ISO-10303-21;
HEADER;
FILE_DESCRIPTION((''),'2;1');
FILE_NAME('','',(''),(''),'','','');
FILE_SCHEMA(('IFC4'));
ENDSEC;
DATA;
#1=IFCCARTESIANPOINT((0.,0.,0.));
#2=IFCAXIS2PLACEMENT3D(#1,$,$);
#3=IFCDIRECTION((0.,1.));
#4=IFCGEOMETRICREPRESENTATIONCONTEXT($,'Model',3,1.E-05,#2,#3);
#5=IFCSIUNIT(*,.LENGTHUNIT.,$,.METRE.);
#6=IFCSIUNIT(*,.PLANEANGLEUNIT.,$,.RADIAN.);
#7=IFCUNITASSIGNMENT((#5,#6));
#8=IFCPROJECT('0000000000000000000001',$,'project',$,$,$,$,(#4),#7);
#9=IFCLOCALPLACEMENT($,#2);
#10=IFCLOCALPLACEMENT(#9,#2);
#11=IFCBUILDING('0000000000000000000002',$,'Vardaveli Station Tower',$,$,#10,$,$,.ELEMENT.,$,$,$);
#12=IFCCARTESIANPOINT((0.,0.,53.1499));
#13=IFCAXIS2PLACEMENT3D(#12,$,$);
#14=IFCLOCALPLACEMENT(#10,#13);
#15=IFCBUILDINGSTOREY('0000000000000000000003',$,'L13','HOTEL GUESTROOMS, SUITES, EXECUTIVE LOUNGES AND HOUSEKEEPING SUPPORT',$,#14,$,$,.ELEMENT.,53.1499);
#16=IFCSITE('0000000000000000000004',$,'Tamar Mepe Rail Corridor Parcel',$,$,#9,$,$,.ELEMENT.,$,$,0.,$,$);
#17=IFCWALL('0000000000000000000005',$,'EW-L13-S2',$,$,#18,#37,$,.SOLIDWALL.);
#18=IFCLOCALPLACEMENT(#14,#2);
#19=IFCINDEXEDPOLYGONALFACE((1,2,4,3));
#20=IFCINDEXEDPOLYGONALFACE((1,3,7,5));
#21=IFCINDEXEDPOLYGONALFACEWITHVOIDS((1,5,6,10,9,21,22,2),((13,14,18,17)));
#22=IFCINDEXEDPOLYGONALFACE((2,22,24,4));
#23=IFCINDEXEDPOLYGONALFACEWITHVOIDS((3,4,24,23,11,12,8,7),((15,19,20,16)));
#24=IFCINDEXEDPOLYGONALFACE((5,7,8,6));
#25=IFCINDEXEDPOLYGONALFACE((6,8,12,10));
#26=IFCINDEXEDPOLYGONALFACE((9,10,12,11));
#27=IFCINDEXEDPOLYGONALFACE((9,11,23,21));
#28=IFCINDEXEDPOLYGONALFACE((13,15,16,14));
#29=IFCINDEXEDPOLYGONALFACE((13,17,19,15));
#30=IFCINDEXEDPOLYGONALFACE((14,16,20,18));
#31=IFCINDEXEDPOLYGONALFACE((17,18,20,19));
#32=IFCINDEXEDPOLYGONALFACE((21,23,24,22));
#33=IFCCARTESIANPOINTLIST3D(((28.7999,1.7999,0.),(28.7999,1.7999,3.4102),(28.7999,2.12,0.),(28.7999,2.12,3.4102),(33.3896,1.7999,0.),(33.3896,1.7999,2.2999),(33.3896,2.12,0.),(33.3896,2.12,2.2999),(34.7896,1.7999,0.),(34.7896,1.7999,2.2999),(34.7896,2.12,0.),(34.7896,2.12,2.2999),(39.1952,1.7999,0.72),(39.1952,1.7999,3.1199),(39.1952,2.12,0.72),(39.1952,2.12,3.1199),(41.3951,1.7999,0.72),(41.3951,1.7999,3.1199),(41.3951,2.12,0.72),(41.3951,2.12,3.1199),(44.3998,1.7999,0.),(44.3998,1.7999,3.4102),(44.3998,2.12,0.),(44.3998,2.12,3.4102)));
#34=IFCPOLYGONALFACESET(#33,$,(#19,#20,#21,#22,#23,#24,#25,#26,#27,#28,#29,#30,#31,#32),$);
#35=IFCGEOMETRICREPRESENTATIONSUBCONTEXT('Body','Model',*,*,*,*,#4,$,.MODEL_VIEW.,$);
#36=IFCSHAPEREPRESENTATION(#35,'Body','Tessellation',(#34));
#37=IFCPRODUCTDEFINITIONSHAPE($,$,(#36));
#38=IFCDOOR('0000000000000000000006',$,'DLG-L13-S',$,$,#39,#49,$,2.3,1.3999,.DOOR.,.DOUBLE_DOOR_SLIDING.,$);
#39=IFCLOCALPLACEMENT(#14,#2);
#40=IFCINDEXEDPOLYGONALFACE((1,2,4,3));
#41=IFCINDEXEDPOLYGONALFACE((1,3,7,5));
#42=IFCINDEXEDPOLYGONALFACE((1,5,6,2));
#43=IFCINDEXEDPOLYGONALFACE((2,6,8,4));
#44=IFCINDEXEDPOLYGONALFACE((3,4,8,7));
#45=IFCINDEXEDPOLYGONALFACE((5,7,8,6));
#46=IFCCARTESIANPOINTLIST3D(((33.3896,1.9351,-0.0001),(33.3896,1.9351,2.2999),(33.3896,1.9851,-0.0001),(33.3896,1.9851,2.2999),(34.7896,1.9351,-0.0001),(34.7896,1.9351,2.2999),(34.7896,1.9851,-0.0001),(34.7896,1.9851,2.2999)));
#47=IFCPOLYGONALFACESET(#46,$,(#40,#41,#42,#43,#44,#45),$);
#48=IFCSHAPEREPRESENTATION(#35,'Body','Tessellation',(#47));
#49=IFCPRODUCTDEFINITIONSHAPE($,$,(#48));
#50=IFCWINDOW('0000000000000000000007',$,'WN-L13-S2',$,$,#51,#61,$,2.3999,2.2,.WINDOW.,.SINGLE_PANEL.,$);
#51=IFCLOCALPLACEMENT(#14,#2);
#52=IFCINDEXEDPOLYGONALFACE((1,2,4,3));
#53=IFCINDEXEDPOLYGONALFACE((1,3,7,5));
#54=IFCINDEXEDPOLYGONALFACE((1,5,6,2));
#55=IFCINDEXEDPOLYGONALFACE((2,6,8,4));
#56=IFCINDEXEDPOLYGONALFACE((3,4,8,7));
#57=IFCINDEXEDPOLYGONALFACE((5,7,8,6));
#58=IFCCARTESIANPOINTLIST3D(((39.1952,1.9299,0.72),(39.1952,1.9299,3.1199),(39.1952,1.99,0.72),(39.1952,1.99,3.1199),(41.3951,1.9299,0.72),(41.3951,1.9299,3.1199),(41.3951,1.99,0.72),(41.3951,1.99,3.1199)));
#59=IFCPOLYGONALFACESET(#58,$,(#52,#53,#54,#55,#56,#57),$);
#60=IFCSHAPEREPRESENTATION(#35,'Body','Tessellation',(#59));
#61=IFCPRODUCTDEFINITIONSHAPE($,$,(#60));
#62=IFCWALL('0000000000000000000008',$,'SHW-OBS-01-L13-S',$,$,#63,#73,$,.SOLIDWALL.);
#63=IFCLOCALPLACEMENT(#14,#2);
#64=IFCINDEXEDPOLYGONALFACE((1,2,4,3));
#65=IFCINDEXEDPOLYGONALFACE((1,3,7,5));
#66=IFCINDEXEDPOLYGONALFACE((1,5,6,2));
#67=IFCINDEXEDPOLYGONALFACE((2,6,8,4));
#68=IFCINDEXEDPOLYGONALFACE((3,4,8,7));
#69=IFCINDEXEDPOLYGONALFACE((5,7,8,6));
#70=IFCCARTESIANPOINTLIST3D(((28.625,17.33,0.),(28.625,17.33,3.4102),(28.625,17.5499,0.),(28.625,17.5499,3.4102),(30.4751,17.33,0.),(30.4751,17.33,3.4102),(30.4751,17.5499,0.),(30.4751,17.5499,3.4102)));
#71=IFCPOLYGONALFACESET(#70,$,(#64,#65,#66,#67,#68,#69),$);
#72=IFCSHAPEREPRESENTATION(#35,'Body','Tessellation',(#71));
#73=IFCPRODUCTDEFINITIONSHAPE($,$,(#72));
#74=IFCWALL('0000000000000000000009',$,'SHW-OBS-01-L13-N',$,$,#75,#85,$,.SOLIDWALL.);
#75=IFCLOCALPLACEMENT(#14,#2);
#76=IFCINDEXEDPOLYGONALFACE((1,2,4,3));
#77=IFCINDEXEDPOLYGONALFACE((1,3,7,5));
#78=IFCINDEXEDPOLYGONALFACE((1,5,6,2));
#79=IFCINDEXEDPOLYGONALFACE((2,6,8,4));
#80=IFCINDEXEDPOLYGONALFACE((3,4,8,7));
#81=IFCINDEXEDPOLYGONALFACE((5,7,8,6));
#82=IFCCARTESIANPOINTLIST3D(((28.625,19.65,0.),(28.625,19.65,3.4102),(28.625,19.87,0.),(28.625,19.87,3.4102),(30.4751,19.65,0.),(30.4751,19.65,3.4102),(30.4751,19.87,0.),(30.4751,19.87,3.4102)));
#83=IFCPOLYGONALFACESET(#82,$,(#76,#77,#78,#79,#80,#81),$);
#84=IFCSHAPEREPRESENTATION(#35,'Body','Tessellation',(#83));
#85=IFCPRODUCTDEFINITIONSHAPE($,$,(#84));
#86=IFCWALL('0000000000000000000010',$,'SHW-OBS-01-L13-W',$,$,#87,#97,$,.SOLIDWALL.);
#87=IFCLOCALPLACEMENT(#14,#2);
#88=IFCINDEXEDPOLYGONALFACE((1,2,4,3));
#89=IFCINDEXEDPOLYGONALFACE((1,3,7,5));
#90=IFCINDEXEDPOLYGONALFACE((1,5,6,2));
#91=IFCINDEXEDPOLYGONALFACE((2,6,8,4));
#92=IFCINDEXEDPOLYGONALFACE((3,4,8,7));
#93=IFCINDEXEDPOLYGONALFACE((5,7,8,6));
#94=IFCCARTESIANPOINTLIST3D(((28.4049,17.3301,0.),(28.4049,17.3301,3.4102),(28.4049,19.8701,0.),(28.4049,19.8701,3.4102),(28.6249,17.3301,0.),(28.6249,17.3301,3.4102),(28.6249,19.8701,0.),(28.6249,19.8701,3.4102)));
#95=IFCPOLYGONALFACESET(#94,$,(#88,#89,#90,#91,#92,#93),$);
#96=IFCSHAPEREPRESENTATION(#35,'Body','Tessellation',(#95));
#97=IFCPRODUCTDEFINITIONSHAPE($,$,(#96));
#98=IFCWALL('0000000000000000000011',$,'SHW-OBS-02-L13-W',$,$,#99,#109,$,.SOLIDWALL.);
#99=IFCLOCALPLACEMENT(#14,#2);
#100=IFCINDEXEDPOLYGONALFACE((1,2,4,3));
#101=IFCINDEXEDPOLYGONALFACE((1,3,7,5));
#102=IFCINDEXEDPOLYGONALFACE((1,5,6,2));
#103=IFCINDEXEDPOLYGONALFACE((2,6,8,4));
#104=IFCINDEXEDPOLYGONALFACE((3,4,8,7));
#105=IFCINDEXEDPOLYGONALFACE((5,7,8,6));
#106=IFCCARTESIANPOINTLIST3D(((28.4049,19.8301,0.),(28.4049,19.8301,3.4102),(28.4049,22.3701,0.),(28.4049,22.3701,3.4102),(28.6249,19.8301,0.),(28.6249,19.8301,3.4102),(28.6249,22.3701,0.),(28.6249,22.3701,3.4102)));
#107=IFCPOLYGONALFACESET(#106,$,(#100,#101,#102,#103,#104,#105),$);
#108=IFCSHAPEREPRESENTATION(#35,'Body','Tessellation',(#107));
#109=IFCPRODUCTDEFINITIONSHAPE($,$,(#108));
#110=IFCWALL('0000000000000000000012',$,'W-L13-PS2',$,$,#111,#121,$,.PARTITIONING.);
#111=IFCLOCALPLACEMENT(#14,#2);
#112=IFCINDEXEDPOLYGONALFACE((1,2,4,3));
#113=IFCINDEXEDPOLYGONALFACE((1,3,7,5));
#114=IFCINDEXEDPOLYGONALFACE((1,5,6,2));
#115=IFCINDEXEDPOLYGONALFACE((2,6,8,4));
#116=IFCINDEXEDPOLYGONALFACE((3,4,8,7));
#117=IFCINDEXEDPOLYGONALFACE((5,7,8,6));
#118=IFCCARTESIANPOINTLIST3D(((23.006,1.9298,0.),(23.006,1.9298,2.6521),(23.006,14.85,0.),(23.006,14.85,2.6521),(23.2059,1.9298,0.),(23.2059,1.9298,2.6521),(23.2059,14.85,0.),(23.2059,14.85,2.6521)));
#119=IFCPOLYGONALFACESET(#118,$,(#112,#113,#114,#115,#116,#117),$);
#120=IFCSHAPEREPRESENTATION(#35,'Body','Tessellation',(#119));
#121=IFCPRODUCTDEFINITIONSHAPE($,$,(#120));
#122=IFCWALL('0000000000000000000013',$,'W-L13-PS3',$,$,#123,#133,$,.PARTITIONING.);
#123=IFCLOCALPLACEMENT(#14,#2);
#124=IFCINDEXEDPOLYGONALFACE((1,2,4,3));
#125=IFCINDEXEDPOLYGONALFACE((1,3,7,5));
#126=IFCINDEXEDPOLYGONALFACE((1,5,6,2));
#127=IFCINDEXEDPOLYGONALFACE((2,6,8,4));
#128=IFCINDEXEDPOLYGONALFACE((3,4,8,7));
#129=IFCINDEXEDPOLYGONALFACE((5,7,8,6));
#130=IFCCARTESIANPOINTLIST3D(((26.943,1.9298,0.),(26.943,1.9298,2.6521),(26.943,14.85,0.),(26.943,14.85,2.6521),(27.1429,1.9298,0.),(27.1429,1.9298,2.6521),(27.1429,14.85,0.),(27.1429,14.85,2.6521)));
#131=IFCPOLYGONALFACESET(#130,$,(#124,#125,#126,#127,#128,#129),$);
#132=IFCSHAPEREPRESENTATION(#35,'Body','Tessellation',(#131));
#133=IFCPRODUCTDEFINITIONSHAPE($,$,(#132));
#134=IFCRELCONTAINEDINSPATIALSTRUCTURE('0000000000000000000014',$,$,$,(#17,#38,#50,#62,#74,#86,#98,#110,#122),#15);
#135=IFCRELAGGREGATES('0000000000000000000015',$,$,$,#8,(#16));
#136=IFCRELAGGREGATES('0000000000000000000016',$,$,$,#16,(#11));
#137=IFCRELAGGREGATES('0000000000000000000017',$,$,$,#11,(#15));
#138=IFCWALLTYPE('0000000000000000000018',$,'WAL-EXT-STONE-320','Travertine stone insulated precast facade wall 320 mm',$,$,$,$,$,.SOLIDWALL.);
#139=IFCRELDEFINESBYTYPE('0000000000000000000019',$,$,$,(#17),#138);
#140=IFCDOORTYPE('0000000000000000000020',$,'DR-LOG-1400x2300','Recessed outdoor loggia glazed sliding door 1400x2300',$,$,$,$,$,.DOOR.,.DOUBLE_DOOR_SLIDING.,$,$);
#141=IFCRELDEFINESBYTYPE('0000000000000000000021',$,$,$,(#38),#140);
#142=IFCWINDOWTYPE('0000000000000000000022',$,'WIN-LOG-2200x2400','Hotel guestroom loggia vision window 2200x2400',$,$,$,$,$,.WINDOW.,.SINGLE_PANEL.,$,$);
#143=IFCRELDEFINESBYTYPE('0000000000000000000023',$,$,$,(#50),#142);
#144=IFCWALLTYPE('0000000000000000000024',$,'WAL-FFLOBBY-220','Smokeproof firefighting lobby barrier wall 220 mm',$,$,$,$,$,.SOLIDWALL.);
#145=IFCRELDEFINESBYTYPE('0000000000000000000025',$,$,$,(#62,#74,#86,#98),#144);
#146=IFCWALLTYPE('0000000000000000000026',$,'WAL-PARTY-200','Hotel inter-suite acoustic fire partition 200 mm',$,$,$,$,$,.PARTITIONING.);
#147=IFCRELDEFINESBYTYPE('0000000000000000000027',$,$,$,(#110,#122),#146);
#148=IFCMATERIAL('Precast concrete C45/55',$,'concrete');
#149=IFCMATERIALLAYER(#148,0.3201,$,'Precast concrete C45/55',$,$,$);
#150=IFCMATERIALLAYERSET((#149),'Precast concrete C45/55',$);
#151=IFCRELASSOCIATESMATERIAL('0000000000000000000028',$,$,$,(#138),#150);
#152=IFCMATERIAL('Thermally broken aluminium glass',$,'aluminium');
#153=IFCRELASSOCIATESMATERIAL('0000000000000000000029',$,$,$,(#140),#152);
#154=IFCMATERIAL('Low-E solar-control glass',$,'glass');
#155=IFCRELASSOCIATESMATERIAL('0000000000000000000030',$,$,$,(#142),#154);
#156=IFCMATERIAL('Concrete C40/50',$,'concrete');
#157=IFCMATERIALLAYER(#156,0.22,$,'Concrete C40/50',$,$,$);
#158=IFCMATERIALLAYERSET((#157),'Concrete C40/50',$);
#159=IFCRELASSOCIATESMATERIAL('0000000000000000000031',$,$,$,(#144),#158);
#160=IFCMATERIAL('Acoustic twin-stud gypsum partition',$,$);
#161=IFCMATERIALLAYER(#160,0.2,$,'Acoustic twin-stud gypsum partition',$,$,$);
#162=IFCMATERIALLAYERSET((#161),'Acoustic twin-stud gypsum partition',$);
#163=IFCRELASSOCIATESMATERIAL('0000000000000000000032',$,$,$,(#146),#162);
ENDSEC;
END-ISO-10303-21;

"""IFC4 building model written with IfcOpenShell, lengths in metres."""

from ifc_helpers import new_model, si_unit, direction, frame, frame_2d, origin, place, context, subcontext, project, spatial, rectangle, extrude, source, transform, mapped, material, layer, layer_set, type_object, element, fill, save


model = new_model("IFC4")

# Units and contexts
model_context = context("Model", 3, precision=1e-05, world=origin(), true_north=direction((0.0, 1.0)))
body_context = subcontext(model_context, "Body", "Model", "MODEL_VIEW")
ifc_project = project(units=[si_unit("LENGTHUNIT", "METRE"), si_unit("PLANEANGLEUNIT", "RADIAN")], contexts=[model_context])

# Site, building, storey
site_placement = place(None, origin())
site = spatial("IfcSite", under=ifc_project, at=site_placement, Name="Tamar Mepe Rail Corridor Parcel", CompositionType="ELEMENT", RefElevation=0.0)
building_placement = place(site_placement, origin())
building = spatial("IfcBuilding", under=site, at=building_placement, Name="Vardaveli Station Tower", CompositionType="ELEMENT")
storey_placement = place(building_placement, frame((0.0, 0.0, 53.1499)))
storey = spatial("IfcBuildingStorey", under=building, at=storey_placement, Name="L13", Description="HOTEL GUESTROOMS, SUITES, EXECUTIVE LOUNGES AND HOUSEKEEPING SUPPORT", CompositionType="ELEMENT", Elevation=53.1499)

# Wall, openings, door, window
ifc_material_1 = material(Name="Precast concrete C45/55", Category="concrete")
ifc_layer_1 = layer(ifc_material_1, 0.3201, Name="Precast concrete C45/55")
ifc_layer_set_1 = layer_set([ifc_layer_1], Name="Precast concrete C45/55")
wall_type_1 = type_object("IfcWallType", Name="WAL-EXT-STONE-320", Description="Travertine stone insulated precast facade wall 320 mm", PredefinedType="SOLIDWALL", material=ifc_layer_set_1)
shared_shape_1 = source(origin(), body_context, "Body", "SweptSolid", [
    extrude(rectangle(XDim=15.5999, YDim=0.3201, at=frame_2d((7.7998, 0.0))), origin(), (0.0, 0.0, 1.0), 3.4102),
])
wall_placement = place(storey_placement, frame((28.8, 1.96, 0.0), z_axis=(0.0, 0.0, 1.0), x_axis=(1.0, 0.0, 0.0)))
wall = element("IfcWall", 1, at=wall_placement, inside=storey, type_object=wall_type_1, Name="EW-L13-S2", PredefinedType="SOLIDWALL", context=body_context, shape_type="MappedRepresentation", body=[
    mapped(shared_shape_1, transform((0.0, 0.0, 0.0), scale=1.0)),
])
shared_shape_2 = source(origin(), body_context, "Body", "SweptSolid", [
    extrude(rectangle(XDim=1.3999, YDim=2.3, at=frame_2d((0.7, 1.1499))), frame((0.0, 0.1699, 0.0), z_axis=(0.0, -1.0, 0.0), x_axis=(1.0, 0.0, 0.0)), (0.0, 0.0, 1.0), 0.3401),
])
opening_1_placement = place(wall_placement, frame((4.5896, 0.0, 0.0)))
opening_1 = element("IfcOpeningElement", 2, at=opening_1_placement, cuts=wall, PredefinedType="OPENING", context=body_context, shape_type="MappedRepresentation", body=[
    mapped(shared_shape_2, transform((0.0, 0.0, 0.0), scale=1.0)),
])
shared_shape_3 = source(origin(), body_context, "Body", "SweptSolid", [
    extrude(rectangle(XDim=2.2, YDim=2.3999, at=frame_2d((1.1001, 1.2))), frame((0.0, 0.1699, 0.0), z_axis=(0.0, -1.0, 0.0), x_axis=(1.0, 0.0, 0.0)), (0.0, 0.0, 1.0), 0.3401),
])
opening_2_placement = place(wall_placement, frame((10.395, 0.0, 0.72)))
opening_2 = element("IfcOpeningElement", 3, at=opening_2_placement, cuts=wall, PredefinedType="OPENING", context=body_context, shape_type="MappedRepresentation", body=[
    mapped(shared_shape_3, transform((0.0, 0.0, 0.0), scale=1.0)),
])
ifc_material_2 = material(Name="Thermally broken aluminium glass", Category="aluminium")
door_type = type_object("IfcDoorType", Name="DR-LOG-1400x2300", Description="Recessed outdoor loggia glazed sliding door 1400x2300", OperationType="DOUBLE_DOOR_SLIDING", PredefinedType="DOOR", material=ifc_material_2)
shared_shape_4 = source(origin(), body_context, "Body", "SweptSolid", [
    extrude(rectangle(XDim=1.3999, YDim=2.3, at=frame_2d((0.7, 1.1499))), frame((0.0, 0.0249, 0.0), z_axis=(0.0, -1.0, 0.0), x_axis=(1.0, 0.0, 0.0)), (0.0, 0.0, 1.0), 0.05),
])
door_placement = place(opening_1_placement, frame((1.3999, 0.0, 0.0), z_axis=(0.0, 0.0, 1.0), x_axis=(-1.0, 0.0, 0.0)))
door = element("IfcDoor", 4, at=door_placement, inside=storey, type_object=door_type, Name="DLG-L13-S", OperationType="DOUBLE_DOOR_SLIDING", OverallHeight=2.3, OverallWidth=1.3999, PredefinedType="DOOR", context=body_context, shape_type="MappedRepresentation", body=[
    mapped(shared_shape_4, transform((0.0, 0.0, 0.0), scale=1.0)),
])
fill(opening_1, door)
ifc_material_3 = material(Name="Low-E solar-control glass", Category="glass")
window_type = type_object("IfcWindowType", Name="WIN-LOG-2200x2400", Description="Hotel guestroom loggia vision window 2200x2400", PartitioningType="SINGLE_PANEL", PredefinedType="WINDOW", material=ifc_material_3)
shared_shape_5 = source(origin(), body_context, "Body", "SweptSolid", [
    extrude(rectangle(XDim=2.2, YDim=2.3999, at=frame_2d((1.1001, 1.2))), frame((0.0, 0.03, 0.0), z_axis=(0.0, -1.0, 0.0), x_axis=(1.0, 0.0, 0.0)), (0.0, 0.0, 1.0), 0.0601),
])
window_placement = place(opening_2_placement, origin())
window = element("IfcWindow", 5, at=window_placement, inside=storey, type_object=window_type, Name="WN-L13-S2", OverallHeight=2.3999, OverallWidth=2.2, PartitioningType="SINGLE_PANEL", PredefinedType="WINDOW", context=body_context, shape_type="MappedRepresentation", body=[
    mapped(shared_shape_5, transform((0.0, 0.0, 0.0), scale=1.0)),
])
fill(opening_2, window)

# Walls
ifc_material_4 = material(Name="Concrete C40/50", Category="concrete")
ifc_layer_2 = layer(ifc_material_4, 0.22, Name="Concrete C40/50")
ifc_layer_set_2 = layer_set([ifc_layer_2], Name="Concrete C40/50")
wall_type_2 = type_object("IfcWallType", Name="WAL-FFLOBBY-220", Description="Smokeproof firefighting lobby barrier wall 220 mm", PredefinedType="SOLIDWALL", material=ifc_layer_set_2)
shared_shape_6 = source(origin(), body_context, "Body", "SweptSolid", [
    extrude(rectangle(XDim=1.8501, YDim=0.22, at=frame_2d((0.925, 0.0))), origin(), (0.0, 0.0, 1.0), 3.4102),
])
for number, where, z_axis, x_axis, name in (
    (6, (28.625, 17.4399, 0.0), (0.0, 0.0, 1.0), (1.0, 0.0, 0.0), "SHW-OBS-01-L13-S"),
    (7, (28.625, 19.76, 0.0), (0.0, 0.0, 1.0), (1.0, 0.0, 0.0), "SHW-OBS-01-L13-N"),
):
    element("IfcWall", number, at=place(storey_placement, frame(where, z_axis=z_axis, x_axis=x_axis)), inside=storey, type_object=wall_type_2, Name=name, PredefinedType="SOLIDWALL", context=body_context, shape_type="MappedRepresentation", body=[
        mapped(shared_shape_6, transform((0.0, 0.0, 0.0), scale=1.0)),
    ])
shared_shape_7 = source(origin(), body_context, "Body", "SweptSolid", [
    extrude(rectangle(XDim=2.54, YDim=0.22, at=frame_2d((1.27, 0.0))), origin(), (0.0, 0.0, 1.0), 3.4102),
])
for number, where, z_axis, x_axis, name in (
    (8, (28.5149, 17.3301, 0.0), (0.0, 0.0, 1.0), (0.0, 1.0, 0.0), "SHW-OBS-01-L13-W"),
    (9, (28.5149, 19.8301, 0.0), (0.0, 0.0, 1.0), (0.0, 1.0, 0.0), "SHW-OBS-02-L13-W"),
):
    element("IfcWall", number, at=place(storey_placement, frame(where, z_axis=z_axis, x_axis=x_axis)), inside=storey, type_object=wall_type_2, Name=name, PredefinedType="SOLIDWALL", context=body_context, shape_type="MappedRepresentation", body=[
        mapped(shared_shape_7, transform((0.0, 0.0, 0.0), scale=1.0)),
    ])
ifc_material_5 = material(Name="Acoustic twin-stud gypsum partition")
ifc_layer_3 = layer(ifc_material_5, 0.2, Name="Acoustic twin-stud gypsum partition")
ifc_layer_set_3 = layer_set([ifc_layer_3], Name="Acoustic twin-stud gypsum partition")
wall_type_3 = type_object("IfcWallType", Name="WAL-PARTY-200", Description="Hotel inter-suite acoustic fire partition 200 mm", PredefinedType="PARTITIONING", material=ifc_layer_set_3)
shared_shape_8 = source(origin(), body_context, "Body", "SweptSolid", [
    extrude(rectangle(XDim=12.9202, YDim=0.2, at=frame_2d((6.46, 0.0))), origin(), (0.0, 0.0, 1.0), 2.6521),
])
for number, where, z_axis, x_axis, name in (
    (10, (23.106, 1.9299, 0.0), (0.0, 0.0, 1.0), (0.0, 1.0, 0.0), "W-L13-PS2"),
    (11, (27.043, 1.9299, 0.0), (0.0, 0.0, 1.0), (0.0, 1.0, 0.0), "W-L13-PS3"),
):
    element("IfcWall", number, at=place(storey_placement, frame(where, z_axis=z_axis, x_axis=x_axis)), inside=storey, type_object=wall_type_3, Name=name, PredefinedType="PARTITIONING", context=body_context, shape_type="MappedRepresentation", body=[
        mapped(shared_shape_8, transform((0.0, 0.0, 0.0), scale=1.0)),
    ])

save(model, "model.ifc")
